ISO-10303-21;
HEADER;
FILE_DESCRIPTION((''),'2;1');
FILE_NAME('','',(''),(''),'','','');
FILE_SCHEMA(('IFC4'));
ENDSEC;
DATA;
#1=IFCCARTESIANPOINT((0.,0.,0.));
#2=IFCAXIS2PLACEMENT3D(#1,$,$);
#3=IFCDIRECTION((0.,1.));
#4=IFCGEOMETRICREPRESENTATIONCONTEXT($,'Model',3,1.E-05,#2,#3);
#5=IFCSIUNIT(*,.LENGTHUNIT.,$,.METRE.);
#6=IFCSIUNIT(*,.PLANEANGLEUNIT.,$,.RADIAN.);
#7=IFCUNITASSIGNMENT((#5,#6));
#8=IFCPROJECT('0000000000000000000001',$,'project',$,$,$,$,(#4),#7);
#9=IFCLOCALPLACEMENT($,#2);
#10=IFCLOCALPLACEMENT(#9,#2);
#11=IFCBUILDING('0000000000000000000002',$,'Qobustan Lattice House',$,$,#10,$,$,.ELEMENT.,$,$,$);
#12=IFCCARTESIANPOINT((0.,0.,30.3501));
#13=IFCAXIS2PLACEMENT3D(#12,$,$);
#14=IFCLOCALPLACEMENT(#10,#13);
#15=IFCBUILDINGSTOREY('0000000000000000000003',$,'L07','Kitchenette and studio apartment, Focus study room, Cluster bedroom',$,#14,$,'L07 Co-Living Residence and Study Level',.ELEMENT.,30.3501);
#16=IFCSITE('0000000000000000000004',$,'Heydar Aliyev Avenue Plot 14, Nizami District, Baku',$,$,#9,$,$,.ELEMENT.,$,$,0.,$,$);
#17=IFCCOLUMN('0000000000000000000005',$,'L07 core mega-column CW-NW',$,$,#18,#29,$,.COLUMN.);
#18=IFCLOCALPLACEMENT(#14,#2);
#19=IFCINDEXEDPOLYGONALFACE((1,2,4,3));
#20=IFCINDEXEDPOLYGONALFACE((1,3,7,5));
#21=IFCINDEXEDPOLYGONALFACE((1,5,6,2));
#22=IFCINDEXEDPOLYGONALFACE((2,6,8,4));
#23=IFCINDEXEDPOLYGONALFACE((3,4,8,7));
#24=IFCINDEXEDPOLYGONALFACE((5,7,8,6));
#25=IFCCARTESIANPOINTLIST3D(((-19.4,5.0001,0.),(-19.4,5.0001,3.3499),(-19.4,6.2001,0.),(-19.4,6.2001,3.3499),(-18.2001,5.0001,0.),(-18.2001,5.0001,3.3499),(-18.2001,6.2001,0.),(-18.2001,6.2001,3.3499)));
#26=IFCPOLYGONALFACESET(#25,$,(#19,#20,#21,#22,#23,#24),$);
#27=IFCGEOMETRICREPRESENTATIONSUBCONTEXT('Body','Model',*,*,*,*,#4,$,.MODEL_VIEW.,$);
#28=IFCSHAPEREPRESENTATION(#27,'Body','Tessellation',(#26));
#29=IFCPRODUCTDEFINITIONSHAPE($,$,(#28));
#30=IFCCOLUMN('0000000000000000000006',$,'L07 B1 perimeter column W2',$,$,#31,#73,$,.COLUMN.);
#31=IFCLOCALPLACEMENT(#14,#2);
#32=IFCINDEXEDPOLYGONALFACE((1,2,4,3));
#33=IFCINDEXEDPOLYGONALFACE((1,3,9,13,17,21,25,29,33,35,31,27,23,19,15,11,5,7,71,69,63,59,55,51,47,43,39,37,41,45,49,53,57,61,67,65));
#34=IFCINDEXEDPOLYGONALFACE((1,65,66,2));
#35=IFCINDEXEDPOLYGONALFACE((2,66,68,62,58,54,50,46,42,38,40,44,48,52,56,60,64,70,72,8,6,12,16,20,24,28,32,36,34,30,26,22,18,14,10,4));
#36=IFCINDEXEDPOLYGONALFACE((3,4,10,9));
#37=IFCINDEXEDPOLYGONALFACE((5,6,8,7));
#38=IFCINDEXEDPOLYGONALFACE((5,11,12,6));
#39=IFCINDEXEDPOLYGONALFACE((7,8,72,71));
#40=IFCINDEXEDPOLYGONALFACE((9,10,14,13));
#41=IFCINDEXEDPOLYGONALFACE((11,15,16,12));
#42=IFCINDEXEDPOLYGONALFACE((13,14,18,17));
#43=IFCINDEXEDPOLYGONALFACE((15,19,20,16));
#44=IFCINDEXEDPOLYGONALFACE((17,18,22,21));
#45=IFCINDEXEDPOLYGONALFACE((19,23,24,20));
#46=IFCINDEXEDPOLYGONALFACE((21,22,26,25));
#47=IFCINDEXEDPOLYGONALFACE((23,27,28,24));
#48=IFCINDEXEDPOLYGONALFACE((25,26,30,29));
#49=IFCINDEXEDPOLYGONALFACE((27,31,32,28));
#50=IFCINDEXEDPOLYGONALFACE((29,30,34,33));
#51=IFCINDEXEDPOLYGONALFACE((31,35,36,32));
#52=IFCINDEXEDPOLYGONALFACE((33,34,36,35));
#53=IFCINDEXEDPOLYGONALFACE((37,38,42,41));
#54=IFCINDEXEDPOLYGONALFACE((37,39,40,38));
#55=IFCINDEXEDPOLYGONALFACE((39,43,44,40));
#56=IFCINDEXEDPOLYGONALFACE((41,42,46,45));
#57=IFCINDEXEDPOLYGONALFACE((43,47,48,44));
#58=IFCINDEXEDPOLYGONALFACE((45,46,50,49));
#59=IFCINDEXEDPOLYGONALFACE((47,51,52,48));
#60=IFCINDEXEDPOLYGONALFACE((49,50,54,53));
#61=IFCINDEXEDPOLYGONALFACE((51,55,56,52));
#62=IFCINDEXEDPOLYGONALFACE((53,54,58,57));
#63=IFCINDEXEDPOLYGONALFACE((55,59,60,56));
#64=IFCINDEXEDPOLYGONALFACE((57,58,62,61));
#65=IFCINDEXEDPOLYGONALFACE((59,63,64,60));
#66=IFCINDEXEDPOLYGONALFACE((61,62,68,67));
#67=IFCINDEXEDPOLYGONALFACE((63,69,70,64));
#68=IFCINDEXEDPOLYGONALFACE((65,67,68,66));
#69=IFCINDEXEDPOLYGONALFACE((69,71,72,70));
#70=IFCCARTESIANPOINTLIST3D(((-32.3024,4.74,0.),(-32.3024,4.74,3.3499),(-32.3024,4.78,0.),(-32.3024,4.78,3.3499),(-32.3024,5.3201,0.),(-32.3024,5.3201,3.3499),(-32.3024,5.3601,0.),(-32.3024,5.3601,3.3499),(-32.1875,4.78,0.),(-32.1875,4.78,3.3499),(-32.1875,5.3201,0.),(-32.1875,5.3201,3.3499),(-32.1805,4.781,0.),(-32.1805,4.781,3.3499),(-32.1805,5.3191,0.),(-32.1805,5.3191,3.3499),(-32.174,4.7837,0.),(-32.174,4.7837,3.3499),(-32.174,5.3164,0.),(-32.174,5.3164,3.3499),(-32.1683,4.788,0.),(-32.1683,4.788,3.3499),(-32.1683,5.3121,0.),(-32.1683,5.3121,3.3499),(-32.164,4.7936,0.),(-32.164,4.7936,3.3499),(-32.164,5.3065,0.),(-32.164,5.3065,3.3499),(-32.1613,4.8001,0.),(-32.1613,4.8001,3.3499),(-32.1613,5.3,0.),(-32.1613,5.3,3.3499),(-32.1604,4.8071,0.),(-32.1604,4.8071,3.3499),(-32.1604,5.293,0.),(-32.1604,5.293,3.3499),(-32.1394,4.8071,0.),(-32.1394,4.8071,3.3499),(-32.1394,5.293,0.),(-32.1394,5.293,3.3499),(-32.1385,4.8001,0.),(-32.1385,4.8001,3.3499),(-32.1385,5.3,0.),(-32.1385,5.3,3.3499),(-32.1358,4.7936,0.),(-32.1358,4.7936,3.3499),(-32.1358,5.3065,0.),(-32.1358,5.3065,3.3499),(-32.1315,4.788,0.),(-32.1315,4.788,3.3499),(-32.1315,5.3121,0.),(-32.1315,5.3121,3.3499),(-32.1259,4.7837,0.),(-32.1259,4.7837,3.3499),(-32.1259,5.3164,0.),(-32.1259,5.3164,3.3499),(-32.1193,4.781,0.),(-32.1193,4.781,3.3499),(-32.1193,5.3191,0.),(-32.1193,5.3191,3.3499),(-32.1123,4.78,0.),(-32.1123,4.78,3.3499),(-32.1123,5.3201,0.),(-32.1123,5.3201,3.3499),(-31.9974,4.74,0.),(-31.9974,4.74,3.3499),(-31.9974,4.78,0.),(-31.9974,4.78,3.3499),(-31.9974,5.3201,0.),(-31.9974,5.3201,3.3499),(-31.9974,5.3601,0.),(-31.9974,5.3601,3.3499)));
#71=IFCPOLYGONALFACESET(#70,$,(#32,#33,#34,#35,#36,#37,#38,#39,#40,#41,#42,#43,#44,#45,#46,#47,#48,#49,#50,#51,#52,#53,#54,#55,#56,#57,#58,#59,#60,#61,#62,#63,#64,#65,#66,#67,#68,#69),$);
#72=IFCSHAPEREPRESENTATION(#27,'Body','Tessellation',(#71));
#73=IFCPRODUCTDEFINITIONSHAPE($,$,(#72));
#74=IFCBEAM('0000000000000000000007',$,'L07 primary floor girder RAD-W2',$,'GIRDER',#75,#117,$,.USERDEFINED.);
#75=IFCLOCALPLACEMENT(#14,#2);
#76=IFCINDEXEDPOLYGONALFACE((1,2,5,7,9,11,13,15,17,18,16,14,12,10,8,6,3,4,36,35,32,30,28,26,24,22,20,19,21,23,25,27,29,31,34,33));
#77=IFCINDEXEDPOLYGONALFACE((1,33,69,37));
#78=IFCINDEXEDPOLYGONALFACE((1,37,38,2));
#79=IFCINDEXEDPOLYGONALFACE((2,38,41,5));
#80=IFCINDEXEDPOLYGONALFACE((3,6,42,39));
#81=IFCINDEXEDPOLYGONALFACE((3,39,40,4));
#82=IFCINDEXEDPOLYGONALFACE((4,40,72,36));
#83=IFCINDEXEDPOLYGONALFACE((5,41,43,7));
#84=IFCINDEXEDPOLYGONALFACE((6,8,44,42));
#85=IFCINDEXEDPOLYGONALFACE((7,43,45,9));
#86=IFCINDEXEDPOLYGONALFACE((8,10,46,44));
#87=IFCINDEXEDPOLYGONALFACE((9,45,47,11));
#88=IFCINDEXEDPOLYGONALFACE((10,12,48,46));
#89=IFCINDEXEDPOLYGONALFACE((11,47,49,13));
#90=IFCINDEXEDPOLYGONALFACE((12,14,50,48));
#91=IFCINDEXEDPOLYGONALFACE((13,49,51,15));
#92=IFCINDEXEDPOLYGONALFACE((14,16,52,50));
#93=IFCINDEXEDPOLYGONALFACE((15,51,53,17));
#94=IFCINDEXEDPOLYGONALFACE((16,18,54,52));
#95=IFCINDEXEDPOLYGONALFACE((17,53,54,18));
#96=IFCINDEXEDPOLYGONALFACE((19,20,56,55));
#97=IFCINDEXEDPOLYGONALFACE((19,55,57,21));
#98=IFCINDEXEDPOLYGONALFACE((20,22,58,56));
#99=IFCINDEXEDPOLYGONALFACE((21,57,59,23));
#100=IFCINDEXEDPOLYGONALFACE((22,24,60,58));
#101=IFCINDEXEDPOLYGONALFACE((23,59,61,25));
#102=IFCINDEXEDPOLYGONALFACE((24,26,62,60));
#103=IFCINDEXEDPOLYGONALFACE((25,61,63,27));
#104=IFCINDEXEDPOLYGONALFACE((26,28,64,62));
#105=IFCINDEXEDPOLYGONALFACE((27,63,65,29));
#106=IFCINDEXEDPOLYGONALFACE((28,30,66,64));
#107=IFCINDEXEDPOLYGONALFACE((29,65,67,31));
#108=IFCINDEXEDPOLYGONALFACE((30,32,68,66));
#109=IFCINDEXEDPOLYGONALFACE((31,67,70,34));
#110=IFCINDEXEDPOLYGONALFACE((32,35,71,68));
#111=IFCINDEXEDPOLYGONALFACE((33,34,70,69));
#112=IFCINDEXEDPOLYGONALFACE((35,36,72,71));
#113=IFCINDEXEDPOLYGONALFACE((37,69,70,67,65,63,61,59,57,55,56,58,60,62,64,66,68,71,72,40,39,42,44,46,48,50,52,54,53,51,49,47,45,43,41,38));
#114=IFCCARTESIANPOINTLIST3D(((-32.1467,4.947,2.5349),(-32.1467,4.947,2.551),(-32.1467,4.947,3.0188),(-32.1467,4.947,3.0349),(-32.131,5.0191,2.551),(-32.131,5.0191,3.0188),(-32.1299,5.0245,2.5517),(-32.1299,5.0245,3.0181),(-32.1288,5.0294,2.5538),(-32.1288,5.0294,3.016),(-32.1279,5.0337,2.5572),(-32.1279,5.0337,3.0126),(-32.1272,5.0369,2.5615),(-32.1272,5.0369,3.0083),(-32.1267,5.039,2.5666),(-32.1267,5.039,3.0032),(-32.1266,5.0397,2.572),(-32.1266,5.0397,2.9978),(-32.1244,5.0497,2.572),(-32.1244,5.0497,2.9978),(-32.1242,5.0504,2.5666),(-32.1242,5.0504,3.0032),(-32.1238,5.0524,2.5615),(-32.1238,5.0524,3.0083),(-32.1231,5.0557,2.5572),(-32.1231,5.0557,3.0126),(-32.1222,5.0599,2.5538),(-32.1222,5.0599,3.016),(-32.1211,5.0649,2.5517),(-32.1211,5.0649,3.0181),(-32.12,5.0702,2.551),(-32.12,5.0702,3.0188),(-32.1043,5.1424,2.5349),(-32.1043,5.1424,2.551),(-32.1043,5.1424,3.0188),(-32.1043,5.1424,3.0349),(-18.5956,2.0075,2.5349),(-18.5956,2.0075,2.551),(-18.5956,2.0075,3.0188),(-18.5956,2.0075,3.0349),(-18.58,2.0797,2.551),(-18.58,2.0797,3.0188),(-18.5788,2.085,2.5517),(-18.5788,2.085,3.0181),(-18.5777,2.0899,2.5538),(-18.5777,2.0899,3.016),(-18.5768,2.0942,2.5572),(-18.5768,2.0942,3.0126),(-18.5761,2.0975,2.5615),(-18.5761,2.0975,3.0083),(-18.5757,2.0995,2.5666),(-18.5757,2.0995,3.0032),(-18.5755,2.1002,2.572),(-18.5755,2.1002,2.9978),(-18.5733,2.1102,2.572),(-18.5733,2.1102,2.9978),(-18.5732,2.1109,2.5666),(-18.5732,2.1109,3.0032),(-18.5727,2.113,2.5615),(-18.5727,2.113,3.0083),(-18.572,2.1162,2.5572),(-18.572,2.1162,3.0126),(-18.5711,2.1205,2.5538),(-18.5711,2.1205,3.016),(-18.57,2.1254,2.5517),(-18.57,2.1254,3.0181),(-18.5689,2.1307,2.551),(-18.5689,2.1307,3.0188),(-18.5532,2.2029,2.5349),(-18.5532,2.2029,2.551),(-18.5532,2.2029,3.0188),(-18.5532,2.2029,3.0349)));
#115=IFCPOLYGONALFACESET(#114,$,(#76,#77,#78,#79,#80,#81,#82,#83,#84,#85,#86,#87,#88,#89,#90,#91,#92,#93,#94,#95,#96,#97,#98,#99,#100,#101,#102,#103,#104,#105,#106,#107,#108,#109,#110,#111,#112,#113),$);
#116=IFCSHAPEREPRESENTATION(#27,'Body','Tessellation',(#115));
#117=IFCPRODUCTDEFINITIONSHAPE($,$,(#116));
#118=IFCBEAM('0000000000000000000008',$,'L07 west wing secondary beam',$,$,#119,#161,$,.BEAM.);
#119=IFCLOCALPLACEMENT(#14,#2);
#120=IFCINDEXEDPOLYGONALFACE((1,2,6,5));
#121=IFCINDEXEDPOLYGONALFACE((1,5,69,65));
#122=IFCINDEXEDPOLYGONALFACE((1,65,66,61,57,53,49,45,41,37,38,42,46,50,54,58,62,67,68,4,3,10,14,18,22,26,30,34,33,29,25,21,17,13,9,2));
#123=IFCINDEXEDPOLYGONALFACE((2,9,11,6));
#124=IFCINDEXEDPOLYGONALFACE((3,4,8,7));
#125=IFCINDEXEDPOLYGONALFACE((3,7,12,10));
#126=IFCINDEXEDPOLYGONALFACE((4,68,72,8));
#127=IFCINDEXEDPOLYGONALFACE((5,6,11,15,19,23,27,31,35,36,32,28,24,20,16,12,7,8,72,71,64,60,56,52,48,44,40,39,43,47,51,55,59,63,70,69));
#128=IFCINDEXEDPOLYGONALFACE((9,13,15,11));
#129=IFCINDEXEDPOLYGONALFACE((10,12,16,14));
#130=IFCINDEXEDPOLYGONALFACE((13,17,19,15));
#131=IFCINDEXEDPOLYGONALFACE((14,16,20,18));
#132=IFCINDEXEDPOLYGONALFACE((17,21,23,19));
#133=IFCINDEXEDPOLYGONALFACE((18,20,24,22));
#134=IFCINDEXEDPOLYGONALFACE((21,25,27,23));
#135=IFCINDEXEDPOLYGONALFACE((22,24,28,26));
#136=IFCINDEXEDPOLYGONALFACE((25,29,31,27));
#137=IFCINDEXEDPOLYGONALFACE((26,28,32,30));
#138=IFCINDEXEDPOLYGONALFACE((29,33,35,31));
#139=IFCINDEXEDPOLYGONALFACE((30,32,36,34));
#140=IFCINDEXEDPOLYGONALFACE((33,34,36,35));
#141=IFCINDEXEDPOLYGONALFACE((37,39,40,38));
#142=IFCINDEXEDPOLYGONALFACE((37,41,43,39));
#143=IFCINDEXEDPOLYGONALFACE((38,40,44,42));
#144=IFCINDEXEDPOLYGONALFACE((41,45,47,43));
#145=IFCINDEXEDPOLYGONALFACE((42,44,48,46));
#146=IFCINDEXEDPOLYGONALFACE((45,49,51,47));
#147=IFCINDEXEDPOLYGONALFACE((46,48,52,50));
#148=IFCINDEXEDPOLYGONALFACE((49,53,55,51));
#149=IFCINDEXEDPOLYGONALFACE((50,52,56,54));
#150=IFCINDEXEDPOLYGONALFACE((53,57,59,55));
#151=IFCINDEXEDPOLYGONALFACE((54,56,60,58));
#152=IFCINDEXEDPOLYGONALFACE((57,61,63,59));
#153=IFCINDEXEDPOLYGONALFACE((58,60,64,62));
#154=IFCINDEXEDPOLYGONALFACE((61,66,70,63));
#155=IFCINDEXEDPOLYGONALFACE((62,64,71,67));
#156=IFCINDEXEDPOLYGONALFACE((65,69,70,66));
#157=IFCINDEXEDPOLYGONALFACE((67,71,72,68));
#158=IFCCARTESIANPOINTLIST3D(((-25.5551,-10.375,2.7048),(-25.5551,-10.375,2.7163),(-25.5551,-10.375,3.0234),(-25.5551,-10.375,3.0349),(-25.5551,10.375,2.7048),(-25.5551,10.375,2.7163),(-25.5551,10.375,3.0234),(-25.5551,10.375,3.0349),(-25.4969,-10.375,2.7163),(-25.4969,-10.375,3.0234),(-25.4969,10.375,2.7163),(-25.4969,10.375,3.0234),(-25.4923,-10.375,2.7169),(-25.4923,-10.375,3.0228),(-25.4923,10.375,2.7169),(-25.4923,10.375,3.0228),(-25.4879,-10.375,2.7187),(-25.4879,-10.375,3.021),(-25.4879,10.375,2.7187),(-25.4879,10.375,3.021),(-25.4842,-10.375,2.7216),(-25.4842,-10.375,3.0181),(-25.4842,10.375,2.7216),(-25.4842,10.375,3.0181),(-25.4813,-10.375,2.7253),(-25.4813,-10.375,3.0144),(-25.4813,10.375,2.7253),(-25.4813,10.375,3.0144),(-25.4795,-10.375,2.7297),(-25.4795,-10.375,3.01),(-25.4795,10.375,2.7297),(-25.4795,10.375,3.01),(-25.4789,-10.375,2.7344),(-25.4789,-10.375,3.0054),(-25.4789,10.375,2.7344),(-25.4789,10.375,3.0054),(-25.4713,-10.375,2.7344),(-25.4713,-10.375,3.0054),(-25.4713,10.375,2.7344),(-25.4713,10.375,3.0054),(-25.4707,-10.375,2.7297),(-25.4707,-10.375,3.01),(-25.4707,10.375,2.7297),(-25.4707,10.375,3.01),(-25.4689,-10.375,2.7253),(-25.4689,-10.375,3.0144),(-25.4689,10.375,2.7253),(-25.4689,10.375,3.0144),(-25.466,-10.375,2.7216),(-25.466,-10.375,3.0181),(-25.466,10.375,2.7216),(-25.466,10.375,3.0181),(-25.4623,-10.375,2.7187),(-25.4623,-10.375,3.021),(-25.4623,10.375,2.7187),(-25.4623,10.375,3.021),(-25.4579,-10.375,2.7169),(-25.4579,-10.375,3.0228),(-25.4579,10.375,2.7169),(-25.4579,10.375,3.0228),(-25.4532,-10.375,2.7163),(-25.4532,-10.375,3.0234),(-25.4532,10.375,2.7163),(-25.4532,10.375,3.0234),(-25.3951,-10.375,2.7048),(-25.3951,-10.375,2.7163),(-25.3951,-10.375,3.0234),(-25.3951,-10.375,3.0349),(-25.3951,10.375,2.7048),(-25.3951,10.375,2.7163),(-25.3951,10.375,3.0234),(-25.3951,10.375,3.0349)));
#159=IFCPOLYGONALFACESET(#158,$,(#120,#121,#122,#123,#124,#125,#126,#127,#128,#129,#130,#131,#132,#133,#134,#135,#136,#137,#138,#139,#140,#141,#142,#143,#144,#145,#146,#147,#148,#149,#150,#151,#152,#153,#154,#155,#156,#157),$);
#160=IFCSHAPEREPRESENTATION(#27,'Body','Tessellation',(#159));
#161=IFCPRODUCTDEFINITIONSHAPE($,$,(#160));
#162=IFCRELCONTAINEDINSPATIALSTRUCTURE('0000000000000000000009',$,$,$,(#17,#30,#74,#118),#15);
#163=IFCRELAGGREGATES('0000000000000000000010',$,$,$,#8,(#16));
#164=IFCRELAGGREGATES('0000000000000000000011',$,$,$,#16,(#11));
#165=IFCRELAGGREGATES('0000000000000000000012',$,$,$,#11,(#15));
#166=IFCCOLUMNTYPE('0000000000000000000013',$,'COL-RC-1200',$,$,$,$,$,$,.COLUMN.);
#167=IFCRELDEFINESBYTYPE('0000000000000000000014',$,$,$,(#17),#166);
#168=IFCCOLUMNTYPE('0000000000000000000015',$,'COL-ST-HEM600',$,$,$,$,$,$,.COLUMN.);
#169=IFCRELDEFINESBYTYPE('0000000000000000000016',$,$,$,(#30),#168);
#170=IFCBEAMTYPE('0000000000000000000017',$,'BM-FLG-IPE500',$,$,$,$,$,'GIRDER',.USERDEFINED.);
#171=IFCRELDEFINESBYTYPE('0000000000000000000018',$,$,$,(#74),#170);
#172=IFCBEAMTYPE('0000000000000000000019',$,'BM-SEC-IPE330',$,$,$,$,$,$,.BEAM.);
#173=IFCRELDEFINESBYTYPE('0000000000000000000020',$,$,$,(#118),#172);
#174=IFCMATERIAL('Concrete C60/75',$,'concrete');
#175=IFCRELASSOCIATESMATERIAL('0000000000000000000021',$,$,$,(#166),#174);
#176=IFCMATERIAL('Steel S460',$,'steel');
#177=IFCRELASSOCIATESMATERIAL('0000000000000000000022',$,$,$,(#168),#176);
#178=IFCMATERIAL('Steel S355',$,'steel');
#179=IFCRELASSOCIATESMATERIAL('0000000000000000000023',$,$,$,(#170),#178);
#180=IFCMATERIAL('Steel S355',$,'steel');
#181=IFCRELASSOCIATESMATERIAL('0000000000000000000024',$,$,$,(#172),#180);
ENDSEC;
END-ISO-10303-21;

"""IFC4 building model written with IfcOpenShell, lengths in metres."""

from ifc_helpers import new_model, si_unit, direction, frame, origin, origin_2d, place, context, subcontext, project, spatial, rectangle, i_section, extrude, material, material_profile, profile_set, type_object, element, save


model = new_model("IFC4")

# Units and contexts
model_context = context("Model", 3, precision=1e-05, world=origin(), true_north=direction((0.0, 1.0)))
body_context = subcontext(model_context, "Body", "Model", "MODEL_VIEW")
ifc_project = project(units=[si_unit("LENGTHUNIT", "METRE"), si_unit("PLANEANGLEUNIT", "RADIAN")], contexts=[model_context])

# Site, building, storey
site_placement = place(None, origin())
site = spatial("IfcSite", under=ifc_project, at=site_placement, Name="Heydar Aliyev Avenue Plot 14, Nizami District, Baku", CompositionType="ELEMENT", RefElevation=0.0)
building_placement = place(site_placement, origin())
building = spatial("IfcBuilding", under=site, at=building_placement, Name="Qobustan Lattice House", CompositionType="ELEMENT")
storey_placement = place(building_placement, frame((0.0, 0.0, 30.3501)))
storey = spatial("IfcBuildingStorey", under=building, at=storey_placement, Name="L07", Description="Kitchenette and studio apartment, Focus study room, Cluster bedroom", LongName="L07 Co-Living Residence and Study Level", CompositionType="ELEMENT", Elevation=30.3501)

# Columns
ifc_material_1 = material(Name="Concrete C60/75", Category="concrete")
ifc_material_profile_1 = material_profile(ifc_material_1, rectangle(XDim=1.2, YDim=1.2, at=origin_2d()), Name="RC1200x1200")
ifc_profile_set_1 = profile_set([ifc_material_profile_1], Name="Concrete C60/75")
column_type_1 = type_object("IfcColumnType", Name="COL-RC-1200", PredefinedType="COLUMN", material=ifc_profile_set_1)
column_1_placement = place(storey_placement, frame((-18.8, 5.6001, 0.0), z_axis=(0.0, 0.0, 1.0), x_axis=(1.0, 0.0, 0.0)))
element("IfcColumn", 1, at=column_1_placement, inside=storey, type_object=column_type_1, Name="L07 core mega-column CW-NW", PredefinedType="COLUMN", context=body_context, shape_type="SweptSolid", body=[
    extrude(rectangle(XDim=1.2, YDim=1.2, at=origin_2d()), origin(), (0.0, 0.0, 1.0), 3.3499),
])
ifc_material_2 = material(Name="Steel S460", Category="steel")
ifc_material_profile_2 = material_profile(ifc_material_2, i_section(OverallWidth=0.3049, OverallDepth=0.6201, WebThickness=0.021, FlangeThickness=0.04, FilletRadius=0.0271, at=origin_2d()), Name="HEM600")
ifc_profile_set_2 = profile_set([ifc_material_profile_2], Name="Steel S460")
column_type_2 = type_object("IfcColumnType", Name="COL-ST-HEM600", PredefinedType="COLUMN", material=ifc_profile_set_2)
column_2_placement = place(storey_placement, frame((-32.1499, 5.05, 0.0), z_axis=(0.0, 0.0, 1.0), x_axis=(1.0, 0.0, 0.0)))
element("IfcColumn", 2, at=column_2_placement, inside=storey, type_object=column_type_2, Name="L07 B1 perimeter column W2", PredefinedType="COLUMN", context=body_context, shape_type="SweptSolid", body=[
    extrude(i_section(OverallWidth=0.3049, OverallDepth=0.6201, WebThickness=0.021, FlangeThickness=0.04, FilletRadius=0.0271, at=origin_2d()), origin(), (0.0, 0.0, 1.0), 3.3499),
])

# Beams
ifc_material_3 = material(Name="Steel S355", Category="steel")
ifc_material_profile_3 = material_profile(ifc_material_3, i_section(OverallWidth=0.2, OverallDepth=0.5, WebThickness=0.0103, FlangeThickness=0.0161, FilletRadius=0.021, at=origin_2d()), Name="IPE500")
ifc_profile_set_3 = profile_set([ifc_material_profile_3], Name="Steel S355")
beam_type_1 = type_object("IfcBeamType", Name="BM-FLG-IPE500", ElementType="GIRDER", PredefinedType="USERDEFINED", material=ifc_profile_set_3)
beam_1_placement = place(storey_placement, frame((-32.1255, 5.0447, 2.7849), z_axis=(0.977272, -0.211987, 0.0), x_axis=(0.211987, 0.977272, 0.0)))
element("IfcBeam", 3, at=beam_1_placement, inside=storey, type_object=beam_type_1, Name="L07 primary floor girder RAD-W2", ObjectType="GIRDER", PredefinedType="USERDEFINED", context=body_context, shape_type="SweptSolid", body=[
    extrude(i_section(OverallWidth=0.2, OverallDepth=0.5, WebThickness=0.0103, FlangeThickness=0.0161, FilletRadius=0.021, at=origin_2d()), origin(), (0.0, 0.0, 1.0), 13.8662),
])
ifc_material_4 = material(Name="Steel S355", Category="steel")
ifc_material_profile_4 = material_profile(ifc_material_4, i_section(OverallWidth=0.1599, OverallDepth=0.3301, WebThickness=0.0076, FlangeThickness=0.0115, FilletRadius=0.0181, at=origin_2d()), Name="IPE330")
ifc_profile_set_4 = profile_set([ifc_material_profile_4], Name="Steel S355")
beam_type_2 = type_object("IfcBeamType", Name="BM-SEC-IPE330", PredefinedType="BEAM", material=ifc_profile_set_4)
beam_2_placement = place(storey_placement, frame((-25.4751, 10.375, 2.8699), z_axis=(0.0, -1.0, 0.0), x_axis=(1.0, 0.0, 0.0)))
element("IfcBeam", 4, at=beam_2_placement, inside=storey, type_object=beam_type_2, Name="L07 west wing secondary beam", PredefinedType="BEAM", context=body_context, shape_type="SweptSolid", body=[
    extrude(i_section(OverallWidth=0.1599, OverallDepth=0.3301, WebThickness=0.0076, FlangeThickness=0.0115, FilletRadius=0.0181, at=origin_2d()), origin(), (0.0, 0.0, 1.0), 20.75),
])

save(model, "model.ifc")
